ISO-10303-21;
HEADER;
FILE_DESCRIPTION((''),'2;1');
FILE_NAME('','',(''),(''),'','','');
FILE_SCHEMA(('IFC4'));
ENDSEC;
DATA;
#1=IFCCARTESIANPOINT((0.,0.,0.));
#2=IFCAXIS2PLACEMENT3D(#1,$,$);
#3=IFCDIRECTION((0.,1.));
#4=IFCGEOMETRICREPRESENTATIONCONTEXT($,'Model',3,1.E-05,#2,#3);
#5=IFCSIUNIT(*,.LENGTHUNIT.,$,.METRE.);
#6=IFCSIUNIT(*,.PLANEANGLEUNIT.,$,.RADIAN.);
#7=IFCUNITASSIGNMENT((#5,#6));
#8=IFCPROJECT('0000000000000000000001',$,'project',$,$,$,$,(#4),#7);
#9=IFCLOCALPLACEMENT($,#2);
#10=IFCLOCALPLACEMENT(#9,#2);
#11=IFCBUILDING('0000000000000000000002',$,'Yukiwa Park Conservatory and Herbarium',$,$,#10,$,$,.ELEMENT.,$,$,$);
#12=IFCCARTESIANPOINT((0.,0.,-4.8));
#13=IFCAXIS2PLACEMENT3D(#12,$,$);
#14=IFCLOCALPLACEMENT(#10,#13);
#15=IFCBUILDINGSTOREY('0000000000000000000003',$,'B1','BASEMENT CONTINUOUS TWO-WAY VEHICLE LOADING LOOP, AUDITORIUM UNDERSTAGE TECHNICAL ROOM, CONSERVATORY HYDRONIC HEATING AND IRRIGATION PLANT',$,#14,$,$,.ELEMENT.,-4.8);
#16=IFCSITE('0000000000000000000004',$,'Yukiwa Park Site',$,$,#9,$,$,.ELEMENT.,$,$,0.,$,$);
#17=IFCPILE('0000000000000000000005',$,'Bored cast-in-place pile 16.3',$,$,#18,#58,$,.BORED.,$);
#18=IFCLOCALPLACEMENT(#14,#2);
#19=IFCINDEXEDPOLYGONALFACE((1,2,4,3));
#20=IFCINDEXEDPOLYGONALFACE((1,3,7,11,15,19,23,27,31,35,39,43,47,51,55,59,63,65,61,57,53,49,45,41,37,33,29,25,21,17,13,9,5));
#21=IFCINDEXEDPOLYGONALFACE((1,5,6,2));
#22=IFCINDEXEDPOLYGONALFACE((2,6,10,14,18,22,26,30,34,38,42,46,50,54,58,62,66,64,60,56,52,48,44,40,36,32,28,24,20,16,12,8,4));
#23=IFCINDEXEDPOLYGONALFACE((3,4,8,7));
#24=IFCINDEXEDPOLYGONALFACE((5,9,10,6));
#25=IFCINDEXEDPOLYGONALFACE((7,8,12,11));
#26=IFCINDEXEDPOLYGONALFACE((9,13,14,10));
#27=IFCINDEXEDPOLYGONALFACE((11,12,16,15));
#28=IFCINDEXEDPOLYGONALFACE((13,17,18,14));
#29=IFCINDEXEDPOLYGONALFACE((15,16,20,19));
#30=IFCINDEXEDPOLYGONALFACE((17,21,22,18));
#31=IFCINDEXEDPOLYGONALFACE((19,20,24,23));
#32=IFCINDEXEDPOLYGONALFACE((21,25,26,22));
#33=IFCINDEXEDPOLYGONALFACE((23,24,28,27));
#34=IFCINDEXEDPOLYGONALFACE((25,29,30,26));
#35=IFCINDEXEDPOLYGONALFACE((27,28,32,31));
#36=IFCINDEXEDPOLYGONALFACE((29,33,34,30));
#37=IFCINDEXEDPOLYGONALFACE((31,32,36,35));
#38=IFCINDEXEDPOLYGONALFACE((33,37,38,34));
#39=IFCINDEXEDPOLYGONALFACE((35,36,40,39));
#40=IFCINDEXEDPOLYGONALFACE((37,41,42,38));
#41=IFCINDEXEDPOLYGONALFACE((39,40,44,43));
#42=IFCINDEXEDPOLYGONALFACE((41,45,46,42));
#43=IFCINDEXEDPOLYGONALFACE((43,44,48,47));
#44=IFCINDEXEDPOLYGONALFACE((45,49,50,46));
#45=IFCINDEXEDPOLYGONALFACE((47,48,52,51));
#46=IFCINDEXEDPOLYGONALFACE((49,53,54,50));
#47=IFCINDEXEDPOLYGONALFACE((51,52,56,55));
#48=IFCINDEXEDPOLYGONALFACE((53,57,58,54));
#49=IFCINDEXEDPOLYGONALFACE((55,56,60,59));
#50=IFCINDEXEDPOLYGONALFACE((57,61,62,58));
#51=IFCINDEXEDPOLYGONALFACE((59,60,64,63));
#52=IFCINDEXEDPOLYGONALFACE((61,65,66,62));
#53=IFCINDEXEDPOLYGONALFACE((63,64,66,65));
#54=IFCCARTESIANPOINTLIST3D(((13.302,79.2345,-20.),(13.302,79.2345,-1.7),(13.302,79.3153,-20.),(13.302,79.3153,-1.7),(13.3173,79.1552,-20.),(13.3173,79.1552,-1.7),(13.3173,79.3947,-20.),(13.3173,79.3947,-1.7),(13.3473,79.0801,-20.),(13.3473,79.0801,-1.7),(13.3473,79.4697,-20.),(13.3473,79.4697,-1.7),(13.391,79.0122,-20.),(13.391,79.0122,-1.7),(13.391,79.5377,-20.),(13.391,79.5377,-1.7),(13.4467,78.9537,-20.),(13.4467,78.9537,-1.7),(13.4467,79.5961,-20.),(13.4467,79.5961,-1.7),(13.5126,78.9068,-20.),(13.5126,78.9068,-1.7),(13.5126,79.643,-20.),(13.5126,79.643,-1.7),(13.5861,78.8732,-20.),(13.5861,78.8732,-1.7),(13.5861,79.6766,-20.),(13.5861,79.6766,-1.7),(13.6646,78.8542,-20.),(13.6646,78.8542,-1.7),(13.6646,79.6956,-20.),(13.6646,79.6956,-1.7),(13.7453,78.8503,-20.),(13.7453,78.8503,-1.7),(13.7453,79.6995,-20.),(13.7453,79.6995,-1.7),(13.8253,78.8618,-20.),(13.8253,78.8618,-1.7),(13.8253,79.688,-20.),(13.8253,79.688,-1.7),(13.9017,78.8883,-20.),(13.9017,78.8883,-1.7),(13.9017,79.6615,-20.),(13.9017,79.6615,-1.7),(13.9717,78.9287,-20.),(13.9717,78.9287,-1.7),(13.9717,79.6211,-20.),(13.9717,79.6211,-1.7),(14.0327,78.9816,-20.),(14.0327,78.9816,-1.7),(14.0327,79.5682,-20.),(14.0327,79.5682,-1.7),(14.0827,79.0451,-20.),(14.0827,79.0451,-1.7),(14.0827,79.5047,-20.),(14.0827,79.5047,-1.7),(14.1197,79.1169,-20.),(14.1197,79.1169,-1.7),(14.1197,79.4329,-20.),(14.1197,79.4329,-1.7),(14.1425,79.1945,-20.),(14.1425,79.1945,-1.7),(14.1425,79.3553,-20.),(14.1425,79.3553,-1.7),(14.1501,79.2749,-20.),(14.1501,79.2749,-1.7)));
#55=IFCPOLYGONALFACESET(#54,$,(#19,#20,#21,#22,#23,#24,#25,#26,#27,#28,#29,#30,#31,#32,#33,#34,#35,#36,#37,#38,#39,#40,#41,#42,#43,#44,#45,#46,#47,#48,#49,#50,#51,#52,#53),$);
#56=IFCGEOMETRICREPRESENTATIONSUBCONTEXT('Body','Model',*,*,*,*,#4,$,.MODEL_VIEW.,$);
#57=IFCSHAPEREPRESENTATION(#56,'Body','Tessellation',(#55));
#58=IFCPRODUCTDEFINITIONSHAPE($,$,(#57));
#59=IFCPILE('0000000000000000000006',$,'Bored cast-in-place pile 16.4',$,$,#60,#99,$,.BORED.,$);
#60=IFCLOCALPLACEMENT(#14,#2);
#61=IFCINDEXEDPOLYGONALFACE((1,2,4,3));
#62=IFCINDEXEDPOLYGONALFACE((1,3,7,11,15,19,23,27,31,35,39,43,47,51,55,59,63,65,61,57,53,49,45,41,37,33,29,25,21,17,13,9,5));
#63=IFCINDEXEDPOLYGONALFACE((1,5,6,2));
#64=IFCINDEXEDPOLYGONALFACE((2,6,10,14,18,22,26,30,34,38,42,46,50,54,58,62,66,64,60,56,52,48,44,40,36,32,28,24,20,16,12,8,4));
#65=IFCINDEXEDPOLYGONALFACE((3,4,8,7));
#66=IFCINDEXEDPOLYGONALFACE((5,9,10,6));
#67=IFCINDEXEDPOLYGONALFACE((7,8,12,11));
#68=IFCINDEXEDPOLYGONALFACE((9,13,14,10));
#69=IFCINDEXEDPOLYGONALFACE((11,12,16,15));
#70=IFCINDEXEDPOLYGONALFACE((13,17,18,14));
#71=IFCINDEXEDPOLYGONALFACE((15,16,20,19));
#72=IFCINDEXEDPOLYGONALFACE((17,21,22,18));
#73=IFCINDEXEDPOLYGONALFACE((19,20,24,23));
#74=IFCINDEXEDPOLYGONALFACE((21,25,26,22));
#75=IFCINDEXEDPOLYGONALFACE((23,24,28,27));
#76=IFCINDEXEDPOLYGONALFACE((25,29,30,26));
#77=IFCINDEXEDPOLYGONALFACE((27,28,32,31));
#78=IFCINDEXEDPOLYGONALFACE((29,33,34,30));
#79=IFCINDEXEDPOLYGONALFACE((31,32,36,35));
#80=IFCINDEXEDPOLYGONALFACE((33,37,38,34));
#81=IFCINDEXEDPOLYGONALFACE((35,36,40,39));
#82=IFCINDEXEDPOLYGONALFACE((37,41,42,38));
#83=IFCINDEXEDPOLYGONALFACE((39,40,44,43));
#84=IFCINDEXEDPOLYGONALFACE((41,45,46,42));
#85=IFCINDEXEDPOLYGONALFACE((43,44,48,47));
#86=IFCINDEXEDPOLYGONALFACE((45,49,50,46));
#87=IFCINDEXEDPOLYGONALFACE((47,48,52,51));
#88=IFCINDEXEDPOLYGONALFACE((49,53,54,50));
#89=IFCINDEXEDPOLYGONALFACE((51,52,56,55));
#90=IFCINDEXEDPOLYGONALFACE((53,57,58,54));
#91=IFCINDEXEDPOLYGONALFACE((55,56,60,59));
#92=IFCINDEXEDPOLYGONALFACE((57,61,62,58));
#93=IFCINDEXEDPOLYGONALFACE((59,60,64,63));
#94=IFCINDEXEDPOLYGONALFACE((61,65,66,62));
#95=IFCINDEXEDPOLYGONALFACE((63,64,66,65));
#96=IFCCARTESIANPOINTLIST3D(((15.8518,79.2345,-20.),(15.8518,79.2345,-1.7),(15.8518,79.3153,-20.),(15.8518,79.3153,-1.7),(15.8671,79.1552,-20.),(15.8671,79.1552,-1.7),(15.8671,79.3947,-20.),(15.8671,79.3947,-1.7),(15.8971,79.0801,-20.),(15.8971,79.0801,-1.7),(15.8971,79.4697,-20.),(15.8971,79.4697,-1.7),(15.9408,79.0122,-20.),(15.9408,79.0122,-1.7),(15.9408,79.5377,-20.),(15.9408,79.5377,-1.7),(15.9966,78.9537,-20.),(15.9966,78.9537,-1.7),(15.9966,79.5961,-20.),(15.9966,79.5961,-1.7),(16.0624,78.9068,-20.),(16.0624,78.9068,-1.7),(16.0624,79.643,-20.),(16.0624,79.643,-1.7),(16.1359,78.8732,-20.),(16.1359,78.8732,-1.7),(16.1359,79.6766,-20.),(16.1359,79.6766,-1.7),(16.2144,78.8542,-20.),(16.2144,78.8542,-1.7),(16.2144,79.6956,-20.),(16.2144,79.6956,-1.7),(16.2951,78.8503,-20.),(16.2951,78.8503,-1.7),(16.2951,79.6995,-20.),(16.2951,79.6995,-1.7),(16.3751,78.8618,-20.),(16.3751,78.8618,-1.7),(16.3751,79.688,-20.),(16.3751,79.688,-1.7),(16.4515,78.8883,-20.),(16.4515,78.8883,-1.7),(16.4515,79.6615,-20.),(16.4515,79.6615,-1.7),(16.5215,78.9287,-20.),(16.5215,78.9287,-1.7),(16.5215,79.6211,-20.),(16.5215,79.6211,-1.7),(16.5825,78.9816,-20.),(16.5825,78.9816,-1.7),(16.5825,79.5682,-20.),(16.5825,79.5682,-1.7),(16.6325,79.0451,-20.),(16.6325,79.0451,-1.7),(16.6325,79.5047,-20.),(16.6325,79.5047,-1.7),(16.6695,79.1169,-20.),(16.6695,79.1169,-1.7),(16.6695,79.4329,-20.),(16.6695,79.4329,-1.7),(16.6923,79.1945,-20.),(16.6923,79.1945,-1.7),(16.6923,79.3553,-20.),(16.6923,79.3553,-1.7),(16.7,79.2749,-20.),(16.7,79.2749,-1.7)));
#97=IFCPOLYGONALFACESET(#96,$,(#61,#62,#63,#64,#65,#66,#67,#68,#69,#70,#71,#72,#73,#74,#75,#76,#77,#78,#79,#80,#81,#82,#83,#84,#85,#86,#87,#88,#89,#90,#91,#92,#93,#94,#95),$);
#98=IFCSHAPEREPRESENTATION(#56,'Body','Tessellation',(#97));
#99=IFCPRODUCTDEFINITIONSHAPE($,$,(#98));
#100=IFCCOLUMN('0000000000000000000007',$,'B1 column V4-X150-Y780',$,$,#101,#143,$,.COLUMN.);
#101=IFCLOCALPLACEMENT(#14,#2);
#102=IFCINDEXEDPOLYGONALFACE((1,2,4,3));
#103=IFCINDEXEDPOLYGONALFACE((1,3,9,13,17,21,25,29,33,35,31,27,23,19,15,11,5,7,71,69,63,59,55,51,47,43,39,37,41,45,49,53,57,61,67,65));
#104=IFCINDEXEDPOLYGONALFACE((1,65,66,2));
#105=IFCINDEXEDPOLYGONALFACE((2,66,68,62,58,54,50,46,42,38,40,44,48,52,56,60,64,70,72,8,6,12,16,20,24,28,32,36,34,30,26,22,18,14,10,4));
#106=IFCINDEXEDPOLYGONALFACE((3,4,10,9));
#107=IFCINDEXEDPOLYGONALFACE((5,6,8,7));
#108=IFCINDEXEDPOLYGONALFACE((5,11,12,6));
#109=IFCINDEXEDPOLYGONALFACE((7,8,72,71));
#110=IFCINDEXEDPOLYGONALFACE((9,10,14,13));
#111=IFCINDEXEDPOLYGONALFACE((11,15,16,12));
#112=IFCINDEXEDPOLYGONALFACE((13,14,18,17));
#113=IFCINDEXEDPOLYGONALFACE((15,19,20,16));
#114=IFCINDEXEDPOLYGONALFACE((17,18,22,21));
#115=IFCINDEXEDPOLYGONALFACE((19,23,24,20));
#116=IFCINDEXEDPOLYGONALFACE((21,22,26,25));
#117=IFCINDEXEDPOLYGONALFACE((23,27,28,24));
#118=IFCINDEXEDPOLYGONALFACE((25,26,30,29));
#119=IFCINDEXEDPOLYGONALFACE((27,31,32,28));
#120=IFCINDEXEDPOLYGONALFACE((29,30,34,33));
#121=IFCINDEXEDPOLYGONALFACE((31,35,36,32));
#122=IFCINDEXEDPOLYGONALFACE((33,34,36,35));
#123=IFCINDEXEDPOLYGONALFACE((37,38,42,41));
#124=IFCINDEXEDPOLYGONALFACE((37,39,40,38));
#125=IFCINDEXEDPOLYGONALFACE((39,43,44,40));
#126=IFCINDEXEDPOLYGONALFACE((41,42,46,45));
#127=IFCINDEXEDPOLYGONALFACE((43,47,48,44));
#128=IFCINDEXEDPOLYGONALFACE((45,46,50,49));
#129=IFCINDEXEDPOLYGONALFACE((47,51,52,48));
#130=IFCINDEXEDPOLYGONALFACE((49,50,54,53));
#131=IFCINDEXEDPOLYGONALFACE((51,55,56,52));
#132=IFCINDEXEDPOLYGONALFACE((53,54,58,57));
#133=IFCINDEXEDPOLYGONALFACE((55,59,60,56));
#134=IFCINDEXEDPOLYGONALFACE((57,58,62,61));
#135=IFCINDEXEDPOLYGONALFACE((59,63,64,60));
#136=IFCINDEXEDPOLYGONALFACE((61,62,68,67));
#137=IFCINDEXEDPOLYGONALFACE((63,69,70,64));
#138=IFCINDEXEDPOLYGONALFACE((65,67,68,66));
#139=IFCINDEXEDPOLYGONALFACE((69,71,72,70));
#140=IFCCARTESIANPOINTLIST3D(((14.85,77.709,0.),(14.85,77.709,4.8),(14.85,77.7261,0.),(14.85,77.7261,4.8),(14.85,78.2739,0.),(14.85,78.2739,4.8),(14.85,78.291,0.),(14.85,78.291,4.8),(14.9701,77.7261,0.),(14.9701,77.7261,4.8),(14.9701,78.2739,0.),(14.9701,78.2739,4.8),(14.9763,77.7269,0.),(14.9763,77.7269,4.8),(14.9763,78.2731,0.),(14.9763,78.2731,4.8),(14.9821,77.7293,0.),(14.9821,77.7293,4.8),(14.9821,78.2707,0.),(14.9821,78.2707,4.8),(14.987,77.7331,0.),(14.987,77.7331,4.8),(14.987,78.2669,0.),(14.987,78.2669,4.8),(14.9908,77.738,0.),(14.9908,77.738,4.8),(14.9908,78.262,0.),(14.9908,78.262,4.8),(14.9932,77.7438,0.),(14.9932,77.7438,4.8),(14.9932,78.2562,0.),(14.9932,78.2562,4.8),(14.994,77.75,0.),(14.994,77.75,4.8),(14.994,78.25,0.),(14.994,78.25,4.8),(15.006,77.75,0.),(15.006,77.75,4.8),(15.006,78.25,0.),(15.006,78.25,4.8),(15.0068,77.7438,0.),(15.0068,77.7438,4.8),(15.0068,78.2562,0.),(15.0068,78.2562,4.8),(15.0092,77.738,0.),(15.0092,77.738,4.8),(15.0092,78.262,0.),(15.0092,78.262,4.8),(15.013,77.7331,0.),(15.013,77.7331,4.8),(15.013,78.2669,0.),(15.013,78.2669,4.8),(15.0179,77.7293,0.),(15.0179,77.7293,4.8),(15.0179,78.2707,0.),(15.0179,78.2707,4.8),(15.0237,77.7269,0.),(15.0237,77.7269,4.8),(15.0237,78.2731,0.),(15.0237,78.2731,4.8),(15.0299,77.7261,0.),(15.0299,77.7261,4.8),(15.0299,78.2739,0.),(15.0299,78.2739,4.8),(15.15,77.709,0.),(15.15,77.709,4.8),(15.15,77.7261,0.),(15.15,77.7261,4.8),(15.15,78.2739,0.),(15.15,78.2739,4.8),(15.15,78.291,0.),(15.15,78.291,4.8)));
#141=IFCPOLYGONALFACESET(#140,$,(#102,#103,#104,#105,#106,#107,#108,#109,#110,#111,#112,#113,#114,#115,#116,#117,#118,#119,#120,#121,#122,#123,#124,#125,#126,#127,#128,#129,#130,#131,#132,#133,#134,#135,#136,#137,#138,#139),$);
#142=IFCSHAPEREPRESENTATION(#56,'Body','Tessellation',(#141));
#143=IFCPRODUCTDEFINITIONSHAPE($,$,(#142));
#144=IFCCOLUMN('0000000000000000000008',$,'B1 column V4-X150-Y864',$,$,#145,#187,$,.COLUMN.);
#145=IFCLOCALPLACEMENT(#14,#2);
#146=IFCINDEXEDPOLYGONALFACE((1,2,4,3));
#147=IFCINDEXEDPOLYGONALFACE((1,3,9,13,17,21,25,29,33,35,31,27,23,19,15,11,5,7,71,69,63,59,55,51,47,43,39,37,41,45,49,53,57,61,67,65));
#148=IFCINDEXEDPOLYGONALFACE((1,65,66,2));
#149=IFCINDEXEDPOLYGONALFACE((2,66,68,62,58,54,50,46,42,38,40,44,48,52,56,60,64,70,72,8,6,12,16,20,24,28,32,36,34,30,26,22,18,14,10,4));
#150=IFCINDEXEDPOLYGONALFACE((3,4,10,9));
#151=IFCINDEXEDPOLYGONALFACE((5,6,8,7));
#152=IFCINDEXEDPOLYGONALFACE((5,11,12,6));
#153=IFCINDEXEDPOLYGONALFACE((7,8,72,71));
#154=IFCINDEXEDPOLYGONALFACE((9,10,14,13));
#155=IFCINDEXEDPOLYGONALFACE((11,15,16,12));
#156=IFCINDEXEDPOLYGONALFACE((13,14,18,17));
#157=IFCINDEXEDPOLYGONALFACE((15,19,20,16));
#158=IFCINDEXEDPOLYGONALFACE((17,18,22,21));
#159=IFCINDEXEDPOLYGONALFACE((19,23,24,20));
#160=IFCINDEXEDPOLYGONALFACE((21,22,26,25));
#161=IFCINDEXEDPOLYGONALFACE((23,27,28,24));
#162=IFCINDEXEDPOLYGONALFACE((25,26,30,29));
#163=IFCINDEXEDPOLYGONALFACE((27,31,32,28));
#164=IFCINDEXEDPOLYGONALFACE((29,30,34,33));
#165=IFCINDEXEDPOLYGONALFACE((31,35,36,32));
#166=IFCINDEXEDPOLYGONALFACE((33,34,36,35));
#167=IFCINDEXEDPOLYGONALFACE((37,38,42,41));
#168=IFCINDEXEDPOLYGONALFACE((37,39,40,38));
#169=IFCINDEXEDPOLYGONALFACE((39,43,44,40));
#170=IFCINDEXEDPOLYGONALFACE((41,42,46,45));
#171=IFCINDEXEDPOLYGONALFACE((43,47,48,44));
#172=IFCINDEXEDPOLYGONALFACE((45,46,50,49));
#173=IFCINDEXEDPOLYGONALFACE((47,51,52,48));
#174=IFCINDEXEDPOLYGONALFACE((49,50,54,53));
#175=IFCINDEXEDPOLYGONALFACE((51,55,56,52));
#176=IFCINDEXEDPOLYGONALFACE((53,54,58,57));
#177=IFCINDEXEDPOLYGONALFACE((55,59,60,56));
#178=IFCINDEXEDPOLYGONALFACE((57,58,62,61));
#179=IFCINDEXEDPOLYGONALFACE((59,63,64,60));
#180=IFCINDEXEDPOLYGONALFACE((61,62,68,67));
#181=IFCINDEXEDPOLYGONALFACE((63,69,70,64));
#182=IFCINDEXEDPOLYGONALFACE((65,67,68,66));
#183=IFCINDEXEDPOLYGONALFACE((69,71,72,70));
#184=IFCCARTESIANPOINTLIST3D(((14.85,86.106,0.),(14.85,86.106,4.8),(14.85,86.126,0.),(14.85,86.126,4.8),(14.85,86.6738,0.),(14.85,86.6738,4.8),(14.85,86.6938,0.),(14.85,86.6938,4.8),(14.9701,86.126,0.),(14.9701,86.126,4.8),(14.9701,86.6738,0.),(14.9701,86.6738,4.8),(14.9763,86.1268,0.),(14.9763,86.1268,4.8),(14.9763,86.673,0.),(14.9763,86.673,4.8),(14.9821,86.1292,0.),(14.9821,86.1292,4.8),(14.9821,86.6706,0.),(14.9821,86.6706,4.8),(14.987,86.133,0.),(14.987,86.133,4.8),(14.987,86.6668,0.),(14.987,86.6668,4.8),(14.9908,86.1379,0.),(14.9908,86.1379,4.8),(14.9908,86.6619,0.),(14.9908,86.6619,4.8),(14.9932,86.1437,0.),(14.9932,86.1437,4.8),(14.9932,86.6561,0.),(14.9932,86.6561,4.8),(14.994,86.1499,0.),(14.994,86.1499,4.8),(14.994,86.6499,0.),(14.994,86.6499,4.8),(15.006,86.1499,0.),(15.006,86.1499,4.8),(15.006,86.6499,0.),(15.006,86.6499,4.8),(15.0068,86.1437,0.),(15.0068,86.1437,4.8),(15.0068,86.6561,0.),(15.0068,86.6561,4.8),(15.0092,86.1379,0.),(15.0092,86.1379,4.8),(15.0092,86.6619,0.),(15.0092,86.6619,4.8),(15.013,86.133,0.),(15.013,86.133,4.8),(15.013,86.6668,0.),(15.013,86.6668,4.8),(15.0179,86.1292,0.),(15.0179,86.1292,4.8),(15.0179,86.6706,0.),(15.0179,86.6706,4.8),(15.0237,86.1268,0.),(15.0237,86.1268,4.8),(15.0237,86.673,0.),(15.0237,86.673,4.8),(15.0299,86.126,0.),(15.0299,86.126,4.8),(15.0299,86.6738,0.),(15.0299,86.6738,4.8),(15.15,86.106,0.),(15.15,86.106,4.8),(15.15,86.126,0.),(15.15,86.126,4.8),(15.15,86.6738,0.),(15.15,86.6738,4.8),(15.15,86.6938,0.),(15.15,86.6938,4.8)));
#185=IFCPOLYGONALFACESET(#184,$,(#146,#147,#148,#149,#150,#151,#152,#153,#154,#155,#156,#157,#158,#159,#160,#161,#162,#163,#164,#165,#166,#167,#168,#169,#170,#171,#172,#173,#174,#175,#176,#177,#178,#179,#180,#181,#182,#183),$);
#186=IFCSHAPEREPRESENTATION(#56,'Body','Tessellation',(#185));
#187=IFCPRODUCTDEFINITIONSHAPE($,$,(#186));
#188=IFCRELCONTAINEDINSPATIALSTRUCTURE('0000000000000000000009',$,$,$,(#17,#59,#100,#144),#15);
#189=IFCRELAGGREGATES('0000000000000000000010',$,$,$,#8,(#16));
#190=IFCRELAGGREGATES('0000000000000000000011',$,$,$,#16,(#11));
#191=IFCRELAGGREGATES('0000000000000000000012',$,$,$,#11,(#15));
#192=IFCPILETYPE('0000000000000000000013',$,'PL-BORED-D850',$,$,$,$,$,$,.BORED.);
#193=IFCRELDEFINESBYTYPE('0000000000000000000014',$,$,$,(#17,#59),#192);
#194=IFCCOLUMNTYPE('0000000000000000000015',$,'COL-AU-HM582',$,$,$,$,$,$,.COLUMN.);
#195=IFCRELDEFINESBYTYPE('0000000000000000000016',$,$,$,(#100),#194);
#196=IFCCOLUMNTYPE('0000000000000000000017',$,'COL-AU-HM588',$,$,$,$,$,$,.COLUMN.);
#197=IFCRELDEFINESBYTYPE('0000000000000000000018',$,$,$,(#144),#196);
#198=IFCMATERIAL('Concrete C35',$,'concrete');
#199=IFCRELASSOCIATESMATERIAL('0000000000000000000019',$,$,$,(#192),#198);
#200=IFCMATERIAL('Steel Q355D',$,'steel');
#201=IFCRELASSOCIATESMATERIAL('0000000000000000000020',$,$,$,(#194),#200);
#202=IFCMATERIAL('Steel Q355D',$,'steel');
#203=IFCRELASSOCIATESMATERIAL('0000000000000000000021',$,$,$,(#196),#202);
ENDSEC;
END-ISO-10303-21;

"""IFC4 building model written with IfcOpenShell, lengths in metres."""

from ifc_helpers import new_model, si_unit, direction, frame, origin, origin_2d, place, context, subcontext, project, spatial, circle, i_section, extrude, material, material_profile, profile_set, type_object, element, save


model = new_model("IFC4")

# Units and contexts
model_context = context("Model", 3, precision=1e-05, world=origin(), true_north=direction((0.0, 1.0)))
body_context = subcontext(model_context, "Body", "Model", "MODEL_VIEW")
ifc_project = project(units=[si_unit("LENGTHUNIT", "METRE"), si_unit("PLANEANGLEUNIT", "RADIAN")], contexts=[model_context])

# Site, building, storey
site_placement = place(None, origin())
site = spatial("IfcSite", under=ifc_project, at=site_placement, Name="Yukiwa Park Site", CompositionType="ELEMENT", RefElevation=0.0)
building_placement = place(site_placement, origin())
building = spatial("IfcBuilding", under=site, at=building_placement, Name="Yukiwa Park Conservatory and Herbarium", CompositionType="ELEMENT")
storey_placement = place(building_placement, frame((0.0, 0.0, -4.8)))
storey = spatial("IfcBuildingStorey", under=building, at=storey_placement, Name="B1", Description="BASEMENT CONTINUOUS TWO-WAY VEHICLE LOADING LOOP, AUDITORIUM UNDERSTAGE TECHNICAL ROOM, CONSERVATORY HYDRONIC HEATING AND IRRIGATION PLANT", CompositionType="ELEMENT", Elevation=-4.8)

# Piles
ifc_material_1 = material(Name="Concrete C35", Category="concrete")
ifc_material_profile_1 = material_profile(ifc_material_1, circle(Radius=0.425, at=origin_2d()), Name="PILE D850")
ifc_profile_set_1 = profile_set([ifc_material_profile_1], Name="Concrete C35")
pile_type_1 = type_object("IfcPileType", Name="PL-BORED-D850", PredefinedType="BORED", material=ifc_profile_set_1)
for number, where, z_axis, x_axis, name in (
    (1, (13.7251, 79.2749, -1.7), (0.0, 0.0, -1.0), (1.0, 0.0, 0.0), "Bored cast-in-place pile 16.3"),
    (2, (16.2749, 79.2749, -1.7), (0.0, 0.0, -1.0), (1.0, 0.0, 0.0), "Bored cast-in-place pile 16.4"),
):
    element("IfcPile", number, at=place(storey_placement, frame(where, z_axis=z_axis, x_axis=x_axis)), inside=storey, type_object=pile_type_1, Name=name, PredefinedType="BORED", context=body_context, shape_type="SweptSolid", body=[
        extrude(circle(Radius=0.425, at=origin_2d()), origin(), (0.0, 0.0, 1.0), 18.3),
    ])

# Columns
ifc_material_2 = material(Name="Steel Q355D", Category="steel")
ifc_material_profile_2 = material_profile(ifc_material_2, i_section(OverallWidth=0.3, OverallDepth=0.582, WebThickness=0.012, FlangeThickness=0.0171, FilletRadius=0.0239, at=origin_2d()), Name="HM 582x300x12x17")
ifc_profile_set_2 = profile_set([ifc_material_profile_2], Name="Steel Q355D")
column_type_1 = type_object("IfcColumnType", Name="COL-AU-HM582", PredefinedType="COLUMN", material=ifc_profile_set_2)
column_1_placement = place(storey_placement, frame((15.0, 78.0, 0.0), z_axis=(0.0, 0.0, 1.0), x_axis=(1.0, 0.0, 0.0)))
element("IfcColumn", 3, at=column_1_placement, inside=storey, type_object=column_type_1, Name="B1 column V4-X150-Y780", PredefinedType="COLUMN", context=body_context, shape_type="SweptSolid", body=[
    extrude(i_section(OverallWidth=0.3, OverallDepth=0.582, WebThickness=0.012, FlangeThickness=0.0171, FilletRadius=0.0239, at=origin_2d()), origin(), (0.0, 0.0, 1.0), 4.8),
])
ifc_material_3 = material(Name="Steel Q355D", Category="steel")
ifc_material_profile_3 = material_profile(ifc_material_3, i_section(OverallWidth=0.3, OverallDepth=0.5879, WebThickness=0.012, FlangeThickness=0.02, FilletRadius=0.0239, at=origin_2d()), Name="HM 588x300x12x20")
ifc_profile_set_3 = profile_set([ifc_material_profile_3], Name="Steel Q355D")
column_type_2 = type_object("IfcColumnType", Name="COL-AU-HM588", PredefinedType="COLUMN", material=ifc_profile_set_3)
column_2_placement = place(storey_placement, frame((15.0, 86.3999, 0.0), z_axis=(0.0, 0.0, 1.0), x_axis=(1.0, 0.0, 0.0)))
element("IfcColumn", 4, at=column_2_placement, inside=storey, type_object=column_type_2, Name="B1 column V4-X150-Y864", PredefinedType="COLUMN", context=body_context, shape_type="SweptSolid", body=[
    extrude(i_section(OverallWidth=0.3, OverallDepth=0.5879, WebThickness=0.012, FlangeThickness=0.02, FilletRadius=0.0239, at=origin_2d()), origin(), (0.0, 0.0, 1.0), 4.8),
])

save(model, "model.ifc")
